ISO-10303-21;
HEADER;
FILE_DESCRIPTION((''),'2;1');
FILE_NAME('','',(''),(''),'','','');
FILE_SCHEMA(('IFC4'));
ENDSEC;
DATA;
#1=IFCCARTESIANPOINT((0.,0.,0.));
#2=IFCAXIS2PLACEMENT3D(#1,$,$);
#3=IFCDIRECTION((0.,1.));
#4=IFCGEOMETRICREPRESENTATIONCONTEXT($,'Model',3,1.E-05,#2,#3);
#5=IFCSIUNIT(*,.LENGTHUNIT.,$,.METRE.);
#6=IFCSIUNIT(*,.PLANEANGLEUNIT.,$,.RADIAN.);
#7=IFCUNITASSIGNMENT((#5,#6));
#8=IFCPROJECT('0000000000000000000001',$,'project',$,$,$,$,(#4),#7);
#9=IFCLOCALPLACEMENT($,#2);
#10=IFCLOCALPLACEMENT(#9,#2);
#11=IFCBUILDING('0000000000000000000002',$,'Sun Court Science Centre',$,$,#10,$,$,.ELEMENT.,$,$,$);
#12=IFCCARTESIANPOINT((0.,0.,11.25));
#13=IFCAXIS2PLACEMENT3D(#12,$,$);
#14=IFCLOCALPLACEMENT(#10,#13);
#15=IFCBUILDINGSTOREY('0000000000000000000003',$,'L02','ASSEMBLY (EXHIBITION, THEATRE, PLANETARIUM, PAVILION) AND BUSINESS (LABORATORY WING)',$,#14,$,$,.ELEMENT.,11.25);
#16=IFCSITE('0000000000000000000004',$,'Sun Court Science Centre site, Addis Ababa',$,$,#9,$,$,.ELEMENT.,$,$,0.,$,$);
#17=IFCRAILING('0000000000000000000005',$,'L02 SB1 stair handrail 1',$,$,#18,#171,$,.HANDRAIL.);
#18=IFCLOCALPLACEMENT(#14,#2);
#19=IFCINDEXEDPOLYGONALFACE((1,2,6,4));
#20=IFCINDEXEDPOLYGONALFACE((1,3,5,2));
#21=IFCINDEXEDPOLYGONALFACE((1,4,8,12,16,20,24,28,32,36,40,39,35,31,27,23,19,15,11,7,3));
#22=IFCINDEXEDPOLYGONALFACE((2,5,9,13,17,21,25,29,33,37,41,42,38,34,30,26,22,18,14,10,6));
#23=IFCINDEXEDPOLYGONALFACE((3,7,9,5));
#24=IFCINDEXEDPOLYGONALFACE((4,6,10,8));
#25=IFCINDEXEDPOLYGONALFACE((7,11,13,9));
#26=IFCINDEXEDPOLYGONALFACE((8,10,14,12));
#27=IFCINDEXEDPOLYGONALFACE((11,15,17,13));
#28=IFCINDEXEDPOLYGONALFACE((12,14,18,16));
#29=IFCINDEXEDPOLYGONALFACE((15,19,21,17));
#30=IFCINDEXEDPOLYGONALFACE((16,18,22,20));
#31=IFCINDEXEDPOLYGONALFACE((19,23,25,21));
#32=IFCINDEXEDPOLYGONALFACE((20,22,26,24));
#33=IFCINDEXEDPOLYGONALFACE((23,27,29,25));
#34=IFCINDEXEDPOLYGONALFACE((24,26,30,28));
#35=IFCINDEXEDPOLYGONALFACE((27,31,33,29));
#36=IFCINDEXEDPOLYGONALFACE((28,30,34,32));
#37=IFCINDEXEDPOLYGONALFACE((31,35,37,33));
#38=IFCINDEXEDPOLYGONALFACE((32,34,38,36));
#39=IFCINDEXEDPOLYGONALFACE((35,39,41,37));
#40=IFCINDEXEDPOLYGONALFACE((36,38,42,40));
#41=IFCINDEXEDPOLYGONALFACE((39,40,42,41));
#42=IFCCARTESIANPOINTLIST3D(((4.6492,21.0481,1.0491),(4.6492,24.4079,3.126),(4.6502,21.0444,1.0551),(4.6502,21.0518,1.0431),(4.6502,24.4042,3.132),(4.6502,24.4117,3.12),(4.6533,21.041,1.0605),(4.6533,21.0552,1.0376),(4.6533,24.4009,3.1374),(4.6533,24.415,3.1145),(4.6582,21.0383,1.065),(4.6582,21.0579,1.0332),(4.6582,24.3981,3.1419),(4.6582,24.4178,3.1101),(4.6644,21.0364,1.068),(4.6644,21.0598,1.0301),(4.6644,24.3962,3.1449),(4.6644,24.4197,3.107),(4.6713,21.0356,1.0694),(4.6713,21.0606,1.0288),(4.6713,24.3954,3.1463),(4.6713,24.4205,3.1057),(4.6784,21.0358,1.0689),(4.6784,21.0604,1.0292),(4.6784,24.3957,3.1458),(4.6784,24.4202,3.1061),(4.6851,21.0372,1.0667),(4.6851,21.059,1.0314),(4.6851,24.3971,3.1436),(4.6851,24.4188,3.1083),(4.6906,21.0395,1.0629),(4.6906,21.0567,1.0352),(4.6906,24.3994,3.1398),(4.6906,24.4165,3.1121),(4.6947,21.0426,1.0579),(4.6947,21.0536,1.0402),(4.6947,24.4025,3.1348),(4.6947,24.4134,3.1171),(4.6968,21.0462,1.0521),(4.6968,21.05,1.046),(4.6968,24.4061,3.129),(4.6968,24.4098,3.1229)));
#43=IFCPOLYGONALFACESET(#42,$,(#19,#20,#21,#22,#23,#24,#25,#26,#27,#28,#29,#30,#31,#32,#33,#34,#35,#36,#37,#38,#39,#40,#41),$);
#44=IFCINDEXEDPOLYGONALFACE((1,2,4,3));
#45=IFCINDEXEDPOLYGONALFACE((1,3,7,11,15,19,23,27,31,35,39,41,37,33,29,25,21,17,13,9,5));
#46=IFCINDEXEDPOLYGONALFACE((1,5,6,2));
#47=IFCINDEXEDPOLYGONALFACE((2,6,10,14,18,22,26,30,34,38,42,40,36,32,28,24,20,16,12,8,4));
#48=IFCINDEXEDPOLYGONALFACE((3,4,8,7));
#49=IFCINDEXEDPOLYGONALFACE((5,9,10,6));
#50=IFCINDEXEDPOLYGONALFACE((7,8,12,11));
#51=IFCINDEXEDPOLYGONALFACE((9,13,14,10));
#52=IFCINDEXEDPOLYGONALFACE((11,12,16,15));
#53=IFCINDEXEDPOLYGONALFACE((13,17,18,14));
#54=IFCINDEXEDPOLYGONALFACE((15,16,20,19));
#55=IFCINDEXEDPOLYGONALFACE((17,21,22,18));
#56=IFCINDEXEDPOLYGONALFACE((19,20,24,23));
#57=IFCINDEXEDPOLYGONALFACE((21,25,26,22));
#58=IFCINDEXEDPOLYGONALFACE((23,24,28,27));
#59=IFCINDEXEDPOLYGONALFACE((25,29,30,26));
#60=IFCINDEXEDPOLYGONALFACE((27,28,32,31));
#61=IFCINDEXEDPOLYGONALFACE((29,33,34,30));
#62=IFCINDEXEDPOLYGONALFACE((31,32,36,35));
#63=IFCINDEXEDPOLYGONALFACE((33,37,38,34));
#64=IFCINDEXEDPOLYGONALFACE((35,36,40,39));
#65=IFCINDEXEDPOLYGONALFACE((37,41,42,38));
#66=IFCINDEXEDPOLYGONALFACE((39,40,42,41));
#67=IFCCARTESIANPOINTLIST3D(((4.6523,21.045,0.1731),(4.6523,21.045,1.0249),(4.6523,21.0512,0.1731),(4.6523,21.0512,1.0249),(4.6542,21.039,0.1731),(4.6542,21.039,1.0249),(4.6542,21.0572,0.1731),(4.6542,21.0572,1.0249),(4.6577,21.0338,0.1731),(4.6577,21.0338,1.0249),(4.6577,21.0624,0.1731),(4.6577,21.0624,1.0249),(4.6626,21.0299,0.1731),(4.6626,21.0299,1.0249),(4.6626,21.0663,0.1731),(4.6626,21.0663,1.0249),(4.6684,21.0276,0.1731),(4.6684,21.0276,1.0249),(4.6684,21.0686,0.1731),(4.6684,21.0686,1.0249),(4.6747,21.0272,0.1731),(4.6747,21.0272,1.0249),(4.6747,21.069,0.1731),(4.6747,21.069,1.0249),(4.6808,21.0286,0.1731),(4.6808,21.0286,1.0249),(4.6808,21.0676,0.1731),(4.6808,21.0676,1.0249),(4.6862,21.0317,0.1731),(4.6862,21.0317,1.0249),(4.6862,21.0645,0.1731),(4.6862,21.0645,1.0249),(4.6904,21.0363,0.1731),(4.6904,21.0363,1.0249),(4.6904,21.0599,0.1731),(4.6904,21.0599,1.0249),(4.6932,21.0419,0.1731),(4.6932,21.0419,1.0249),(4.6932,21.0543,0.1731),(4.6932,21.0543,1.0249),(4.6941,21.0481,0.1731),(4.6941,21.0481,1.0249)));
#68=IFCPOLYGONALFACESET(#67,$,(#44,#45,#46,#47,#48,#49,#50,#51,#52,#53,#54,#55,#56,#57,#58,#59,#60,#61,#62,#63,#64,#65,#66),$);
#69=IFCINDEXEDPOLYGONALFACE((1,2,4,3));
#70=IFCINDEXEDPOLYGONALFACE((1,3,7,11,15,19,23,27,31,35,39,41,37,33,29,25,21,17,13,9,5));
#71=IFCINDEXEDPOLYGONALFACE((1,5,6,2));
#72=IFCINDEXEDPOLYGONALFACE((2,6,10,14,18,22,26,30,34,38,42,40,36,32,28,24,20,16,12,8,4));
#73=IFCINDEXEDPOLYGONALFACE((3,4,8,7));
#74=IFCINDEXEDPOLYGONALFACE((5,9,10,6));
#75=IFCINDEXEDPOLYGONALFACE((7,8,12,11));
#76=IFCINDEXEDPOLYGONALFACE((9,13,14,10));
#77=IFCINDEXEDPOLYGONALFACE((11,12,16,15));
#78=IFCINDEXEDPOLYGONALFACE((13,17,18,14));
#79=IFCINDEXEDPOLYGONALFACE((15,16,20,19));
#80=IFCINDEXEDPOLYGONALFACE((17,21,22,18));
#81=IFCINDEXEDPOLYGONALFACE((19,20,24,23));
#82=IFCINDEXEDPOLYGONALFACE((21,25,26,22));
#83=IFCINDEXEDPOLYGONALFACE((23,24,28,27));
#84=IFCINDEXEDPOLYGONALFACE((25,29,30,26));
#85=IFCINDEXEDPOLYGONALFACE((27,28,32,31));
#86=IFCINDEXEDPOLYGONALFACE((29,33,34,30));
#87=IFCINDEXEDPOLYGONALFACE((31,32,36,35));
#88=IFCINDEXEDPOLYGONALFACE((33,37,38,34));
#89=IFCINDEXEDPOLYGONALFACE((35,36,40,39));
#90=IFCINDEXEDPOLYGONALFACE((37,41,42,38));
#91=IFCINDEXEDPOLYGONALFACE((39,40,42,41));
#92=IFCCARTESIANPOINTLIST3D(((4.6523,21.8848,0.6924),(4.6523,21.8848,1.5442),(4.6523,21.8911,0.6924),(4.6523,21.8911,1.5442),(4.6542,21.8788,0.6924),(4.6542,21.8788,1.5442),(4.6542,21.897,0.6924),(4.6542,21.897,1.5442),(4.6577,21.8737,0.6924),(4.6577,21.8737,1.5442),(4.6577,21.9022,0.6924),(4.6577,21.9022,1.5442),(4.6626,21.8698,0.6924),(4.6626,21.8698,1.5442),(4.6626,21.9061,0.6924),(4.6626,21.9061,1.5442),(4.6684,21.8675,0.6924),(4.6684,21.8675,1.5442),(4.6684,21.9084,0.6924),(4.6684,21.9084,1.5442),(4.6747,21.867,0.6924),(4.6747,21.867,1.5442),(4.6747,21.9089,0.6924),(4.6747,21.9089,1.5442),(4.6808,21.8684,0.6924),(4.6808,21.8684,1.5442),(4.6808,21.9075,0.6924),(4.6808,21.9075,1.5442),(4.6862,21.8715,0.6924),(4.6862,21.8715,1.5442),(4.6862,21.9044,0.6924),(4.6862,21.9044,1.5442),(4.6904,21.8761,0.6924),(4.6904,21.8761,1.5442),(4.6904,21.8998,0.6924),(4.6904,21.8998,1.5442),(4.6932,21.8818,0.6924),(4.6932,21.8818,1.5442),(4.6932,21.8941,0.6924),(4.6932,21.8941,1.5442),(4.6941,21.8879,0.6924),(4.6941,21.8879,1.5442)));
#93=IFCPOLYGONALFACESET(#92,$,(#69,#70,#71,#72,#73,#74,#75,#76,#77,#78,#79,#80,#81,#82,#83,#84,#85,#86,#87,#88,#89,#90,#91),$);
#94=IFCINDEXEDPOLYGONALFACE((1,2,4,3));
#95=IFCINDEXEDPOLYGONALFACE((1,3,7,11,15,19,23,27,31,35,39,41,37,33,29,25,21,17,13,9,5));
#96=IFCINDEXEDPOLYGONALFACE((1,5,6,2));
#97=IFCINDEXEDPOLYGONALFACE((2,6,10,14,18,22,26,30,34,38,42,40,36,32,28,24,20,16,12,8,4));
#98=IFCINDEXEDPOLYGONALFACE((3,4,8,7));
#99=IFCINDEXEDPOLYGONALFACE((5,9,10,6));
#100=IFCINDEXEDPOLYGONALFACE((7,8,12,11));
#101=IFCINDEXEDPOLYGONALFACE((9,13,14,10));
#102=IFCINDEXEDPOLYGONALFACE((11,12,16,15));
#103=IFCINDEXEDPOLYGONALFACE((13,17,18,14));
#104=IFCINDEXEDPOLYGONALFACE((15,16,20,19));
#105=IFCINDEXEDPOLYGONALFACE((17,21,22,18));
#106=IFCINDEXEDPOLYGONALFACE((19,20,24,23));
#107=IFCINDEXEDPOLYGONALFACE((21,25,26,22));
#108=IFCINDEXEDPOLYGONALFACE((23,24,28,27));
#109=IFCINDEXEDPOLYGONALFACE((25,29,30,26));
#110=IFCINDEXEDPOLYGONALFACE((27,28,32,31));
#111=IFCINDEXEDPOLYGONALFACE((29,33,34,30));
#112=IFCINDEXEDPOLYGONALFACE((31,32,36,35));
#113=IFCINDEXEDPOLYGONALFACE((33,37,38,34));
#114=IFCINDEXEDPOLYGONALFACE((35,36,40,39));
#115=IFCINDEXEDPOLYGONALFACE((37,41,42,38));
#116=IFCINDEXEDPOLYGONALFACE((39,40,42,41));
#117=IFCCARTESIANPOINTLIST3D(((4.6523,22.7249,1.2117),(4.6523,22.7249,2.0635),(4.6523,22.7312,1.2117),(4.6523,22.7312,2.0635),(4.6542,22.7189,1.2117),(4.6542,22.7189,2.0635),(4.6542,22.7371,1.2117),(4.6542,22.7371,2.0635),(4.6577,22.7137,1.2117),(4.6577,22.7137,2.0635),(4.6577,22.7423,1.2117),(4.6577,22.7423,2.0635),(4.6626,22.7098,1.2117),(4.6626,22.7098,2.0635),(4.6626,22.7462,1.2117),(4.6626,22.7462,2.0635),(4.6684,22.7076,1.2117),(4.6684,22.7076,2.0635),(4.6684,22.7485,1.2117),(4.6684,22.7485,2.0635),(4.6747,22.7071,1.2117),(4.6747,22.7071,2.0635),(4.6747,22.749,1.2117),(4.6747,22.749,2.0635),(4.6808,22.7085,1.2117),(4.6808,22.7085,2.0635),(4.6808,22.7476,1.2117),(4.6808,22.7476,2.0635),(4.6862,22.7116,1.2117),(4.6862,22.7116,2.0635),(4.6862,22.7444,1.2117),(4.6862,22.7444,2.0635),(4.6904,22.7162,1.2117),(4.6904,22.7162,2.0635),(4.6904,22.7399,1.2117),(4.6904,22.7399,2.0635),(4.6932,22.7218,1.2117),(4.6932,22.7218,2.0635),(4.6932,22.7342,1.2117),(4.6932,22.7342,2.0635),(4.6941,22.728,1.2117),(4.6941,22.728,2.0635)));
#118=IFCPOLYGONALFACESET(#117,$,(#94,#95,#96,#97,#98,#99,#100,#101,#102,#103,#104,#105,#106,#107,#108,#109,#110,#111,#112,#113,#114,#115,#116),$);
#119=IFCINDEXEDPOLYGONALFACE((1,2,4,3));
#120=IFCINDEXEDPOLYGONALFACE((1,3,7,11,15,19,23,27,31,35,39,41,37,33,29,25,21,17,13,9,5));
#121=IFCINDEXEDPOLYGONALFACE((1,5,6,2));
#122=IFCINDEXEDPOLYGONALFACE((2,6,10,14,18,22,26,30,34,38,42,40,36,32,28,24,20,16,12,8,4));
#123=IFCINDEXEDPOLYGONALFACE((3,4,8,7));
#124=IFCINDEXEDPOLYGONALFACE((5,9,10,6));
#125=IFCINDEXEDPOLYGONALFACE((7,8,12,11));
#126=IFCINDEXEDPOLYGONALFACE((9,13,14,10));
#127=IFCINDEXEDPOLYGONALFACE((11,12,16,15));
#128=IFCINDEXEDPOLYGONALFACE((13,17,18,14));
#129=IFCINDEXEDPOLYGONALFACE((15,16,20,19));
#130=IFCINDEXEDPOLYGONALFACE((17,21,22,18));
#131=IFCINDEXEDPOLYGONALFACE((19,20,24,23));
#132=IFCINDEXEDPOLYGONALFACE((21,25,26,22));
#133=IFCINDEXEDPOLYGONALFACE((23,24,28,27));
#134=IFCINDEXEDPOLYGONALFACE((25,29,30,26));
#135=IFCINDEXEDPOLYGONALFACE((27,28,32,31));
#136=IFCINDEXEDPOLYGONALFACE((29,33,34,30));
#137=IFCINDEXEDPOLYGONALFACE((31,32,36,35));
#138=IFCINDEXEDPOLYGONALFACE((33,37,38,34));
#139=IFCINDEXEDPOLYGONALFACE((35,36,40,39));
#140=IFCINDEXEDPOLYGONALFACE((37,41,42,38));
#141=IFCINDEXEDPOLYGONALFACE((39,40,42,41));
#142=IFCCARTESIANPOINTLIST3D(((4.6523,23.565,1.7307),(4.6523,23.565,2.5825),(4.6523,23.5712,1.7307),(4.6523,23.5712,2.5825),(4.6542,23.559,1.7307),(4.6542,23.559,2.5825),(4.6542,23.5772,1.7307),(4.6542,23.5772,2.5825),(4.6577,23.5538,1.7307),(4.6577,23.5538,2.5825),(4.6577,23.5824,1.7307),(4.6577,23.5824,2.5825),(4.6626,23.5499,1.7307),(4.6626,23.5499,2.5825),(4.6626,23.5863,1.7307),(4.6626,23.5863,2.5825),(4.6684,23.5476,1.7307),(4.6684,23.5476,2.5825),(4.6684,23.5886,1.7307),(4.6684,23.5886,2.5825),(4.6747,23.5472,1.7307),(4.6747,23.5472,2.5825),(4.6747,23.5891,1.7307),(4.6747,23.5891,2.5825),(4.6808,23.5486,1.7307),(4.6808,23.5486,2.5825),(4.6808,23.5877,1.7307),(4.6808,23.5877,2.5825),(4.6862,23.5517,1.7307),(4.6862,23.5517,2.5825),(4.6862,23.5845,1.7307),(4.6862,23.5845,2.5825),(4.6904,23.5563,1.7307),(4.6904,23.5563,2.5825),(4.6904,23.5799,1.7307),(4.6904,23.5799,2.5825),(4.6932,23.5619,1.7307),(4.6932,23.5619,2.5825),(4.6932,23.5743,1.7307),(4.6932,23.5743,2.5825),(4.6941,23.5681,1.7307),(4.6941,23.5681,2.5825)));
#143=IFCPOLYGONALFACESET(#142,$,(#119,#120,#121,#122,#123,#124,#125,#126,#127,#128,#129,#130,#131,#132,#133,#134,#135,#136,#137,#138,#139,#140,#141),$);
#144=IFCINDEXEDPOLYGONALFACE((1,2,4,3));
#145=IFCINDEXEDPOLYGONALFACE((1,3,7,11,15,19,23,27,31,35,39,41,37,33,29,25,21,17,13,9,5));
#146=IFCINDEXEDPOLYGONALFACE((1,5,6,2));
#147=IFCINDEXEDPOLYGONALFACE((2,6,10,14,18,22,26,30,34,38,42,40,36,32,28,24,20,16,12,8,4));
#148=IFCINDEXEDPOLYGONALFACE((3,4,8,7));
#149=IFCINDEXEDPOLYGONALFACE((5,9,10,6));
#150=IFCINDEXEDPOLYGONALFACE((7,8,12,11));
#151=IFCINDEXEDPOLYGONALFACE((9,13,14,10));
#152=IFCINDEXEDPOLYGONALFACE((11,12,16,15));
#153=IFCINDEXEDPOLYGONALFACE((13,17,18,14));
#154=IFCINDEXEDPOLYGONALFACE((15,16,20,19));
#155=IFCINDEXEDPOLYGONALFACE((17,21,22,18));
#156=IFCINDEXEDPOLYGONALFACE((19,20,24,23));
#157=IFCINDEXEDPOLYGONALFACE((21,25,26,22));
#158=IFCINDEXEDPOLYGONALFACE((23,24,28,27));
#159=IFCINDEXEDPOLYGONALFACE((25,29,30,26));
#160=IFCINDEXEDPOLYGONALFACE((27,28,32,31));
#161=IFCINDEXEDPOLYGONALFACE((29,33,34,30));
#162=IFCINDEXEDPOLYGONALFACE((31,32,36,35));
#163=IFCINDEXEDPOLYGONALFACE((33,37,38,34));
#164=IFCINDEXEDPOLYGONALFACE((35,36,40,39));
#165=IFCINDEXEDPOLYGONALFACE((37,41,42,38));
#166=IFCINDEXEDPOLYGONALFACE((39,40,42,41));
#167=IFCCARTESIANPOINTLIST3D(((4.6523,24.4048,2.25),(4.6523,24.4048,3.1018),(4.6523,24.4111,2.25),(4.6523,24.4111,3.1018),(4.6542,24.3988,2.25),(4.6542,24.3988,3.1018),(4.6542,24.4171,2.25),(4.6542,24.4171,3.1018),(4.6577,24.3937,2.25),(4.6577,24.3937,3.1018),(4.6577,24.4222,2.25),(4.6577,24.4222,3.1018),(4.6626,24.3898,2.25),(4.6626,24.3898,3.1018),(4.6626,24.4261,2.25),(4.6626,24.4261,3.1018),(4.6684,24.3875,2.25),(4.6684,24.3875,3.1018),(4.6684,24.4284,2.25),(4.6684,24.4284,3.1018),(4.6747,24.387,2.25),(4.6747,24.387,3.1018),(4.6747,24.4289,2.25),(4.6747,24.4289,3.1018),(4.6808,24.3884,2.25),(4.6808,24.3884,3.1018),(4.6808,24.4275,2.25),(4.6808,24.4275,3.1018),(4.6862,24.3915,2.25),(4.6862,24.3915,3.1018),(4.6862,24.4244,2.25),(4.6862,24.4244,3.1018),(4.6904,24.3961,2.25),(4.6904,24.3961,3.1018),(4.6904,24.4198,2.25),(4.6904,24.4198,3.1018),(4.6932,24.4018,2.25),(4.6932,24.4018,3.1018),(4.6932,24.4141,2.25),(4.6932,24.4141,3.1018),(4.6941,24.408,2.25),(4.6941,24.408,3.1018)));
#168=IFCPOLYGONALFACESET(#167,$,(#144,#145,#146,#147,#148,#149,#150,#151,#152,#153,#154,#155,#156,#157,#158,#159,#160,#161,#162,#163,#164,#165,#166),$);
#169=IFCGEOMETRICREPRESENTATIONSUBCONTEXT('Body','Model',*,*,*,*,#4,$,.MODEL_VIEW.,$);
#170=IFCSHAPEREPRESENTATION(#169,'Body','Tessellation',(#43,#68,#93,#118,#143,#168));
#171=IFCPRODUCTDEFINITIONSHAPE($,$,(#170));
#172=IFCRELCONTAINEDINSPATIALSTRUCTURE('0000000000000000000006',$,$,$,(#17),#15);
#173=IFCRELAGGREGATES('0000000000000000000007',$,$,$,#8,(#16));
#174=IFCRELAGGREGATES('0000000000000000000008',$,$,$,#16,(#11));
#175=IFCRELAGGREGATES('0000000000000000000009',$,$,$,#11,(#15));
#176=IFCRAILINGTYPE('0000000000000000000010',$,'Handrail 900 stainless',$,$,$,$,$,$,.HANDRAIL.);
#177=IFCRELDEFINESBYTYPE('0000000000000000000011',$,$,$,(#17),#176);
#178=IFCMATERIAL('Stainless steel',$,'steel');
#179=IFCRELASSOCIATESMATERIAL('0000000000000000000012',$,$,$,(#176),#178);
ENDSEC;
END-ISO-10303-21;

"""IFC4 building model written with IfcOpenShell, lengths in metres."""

from ifc_helpers import new_model, si_unit, direction, frame, origin, origin_2d, place, context, subcontext, project, spatial, circle, extrude, material, type_object, element, save


model = new_model("IFC4")

# Units and contexts
model_context = context("Model", 3, precision=1e-05, world=origin(), true_north=direction((0.0, 1.0)))
body_context = subcontext(model_context, "Body", "Model", "MODEL_VIEW")
ifc_project = project(units=[si_unit("LENGTHUNIT", "METRE"), si_unit("PLANEANGLEUNIT", "RADIAN")], contexts=[model_context])

# Site, building, storey
site_placement = place(None, origin())
site = spatial("IfcSite", under=ifc_project, at=site_placement, Name="Sun Court Science Centre site, Addis Ababa", CompositionType="ELEMENT", RefElevation=0.0)
building_placement = place(site_placement, origin())
building = spatial("IfcBuilding", under=site, at=building_placement, Name="Sun Court Science Centre", CompositionType="ELEMENT")
storey_placement = place(building_placement, frame((0.0, 0.0, 11.25)))
storey = spatial("IfcBuildingStorey", under=building, at=storey_placement, Name="L02", Description="ASSEMBLY (EXHIBITION, THEATRE, PLANETARIUM, PAVILION) AND BUSINESS (LABORATORY WING)", CompositionType="ELEMENT", Elevation=11.25)

# Railing
ifc_material_1 = material(Name="Stainless steel", Category="steel")
railing_type_1 = type_object("IfcRailingType", Name="Handrail 900 stainless", PredefinedType="HANDRAIL", material=ifc_material_1)
railing_1_placement = place(storey_placement, frame((4.6731, 21.0481, 0.1731)))
element("IfcRailing", 1, at=railing_1_placement, inside=storey, type_object=railing_type_1, Name="L02 SB1 stair handrail 1", PredefinedType="HANDRAIL", context=body_context, shape_type="SweptSolid", body=[
    extrude(circle(Radius=0.0239, at=origin_2d()), frame((0.0, 0.0, 0.876), z_axis=(0.0, 0.850606, 0.525803), x_axis=(-1.0, 0.0, 0.0)), (0.0, 0.0, 1.0), 3.95),
    extrude(circle(Radius=0.021, at=origin_2d()), origin(), (0.0, 0.0, 1.0), 0.8518),
    extrude(circle(Radius=0.021, at=origin_2d()), frame((0.0, 0.8398, 0.5193)), (0.0, 0.0, 1.0), 0.8518),
    extrude(circle(Radius=0.021, at=origin_2d()), frame((0.0, 1.6799, 1.0386)), (0.0, 0.0, 1.0), 0.8518),
    extrude(circle(Radius=0.021, at=origin_2d()), frame((0.0, 2.52, 1.5576)), (0.0, 0.0, 1.0), 0.8518),
    extrude(circle(Radius=0.021, at=origin_2d()), frame((0.0, 3.3599, 2.0769)), (0.0, 0.0, 1.0), 0.8518),
])

save(model, "model.ifc")
